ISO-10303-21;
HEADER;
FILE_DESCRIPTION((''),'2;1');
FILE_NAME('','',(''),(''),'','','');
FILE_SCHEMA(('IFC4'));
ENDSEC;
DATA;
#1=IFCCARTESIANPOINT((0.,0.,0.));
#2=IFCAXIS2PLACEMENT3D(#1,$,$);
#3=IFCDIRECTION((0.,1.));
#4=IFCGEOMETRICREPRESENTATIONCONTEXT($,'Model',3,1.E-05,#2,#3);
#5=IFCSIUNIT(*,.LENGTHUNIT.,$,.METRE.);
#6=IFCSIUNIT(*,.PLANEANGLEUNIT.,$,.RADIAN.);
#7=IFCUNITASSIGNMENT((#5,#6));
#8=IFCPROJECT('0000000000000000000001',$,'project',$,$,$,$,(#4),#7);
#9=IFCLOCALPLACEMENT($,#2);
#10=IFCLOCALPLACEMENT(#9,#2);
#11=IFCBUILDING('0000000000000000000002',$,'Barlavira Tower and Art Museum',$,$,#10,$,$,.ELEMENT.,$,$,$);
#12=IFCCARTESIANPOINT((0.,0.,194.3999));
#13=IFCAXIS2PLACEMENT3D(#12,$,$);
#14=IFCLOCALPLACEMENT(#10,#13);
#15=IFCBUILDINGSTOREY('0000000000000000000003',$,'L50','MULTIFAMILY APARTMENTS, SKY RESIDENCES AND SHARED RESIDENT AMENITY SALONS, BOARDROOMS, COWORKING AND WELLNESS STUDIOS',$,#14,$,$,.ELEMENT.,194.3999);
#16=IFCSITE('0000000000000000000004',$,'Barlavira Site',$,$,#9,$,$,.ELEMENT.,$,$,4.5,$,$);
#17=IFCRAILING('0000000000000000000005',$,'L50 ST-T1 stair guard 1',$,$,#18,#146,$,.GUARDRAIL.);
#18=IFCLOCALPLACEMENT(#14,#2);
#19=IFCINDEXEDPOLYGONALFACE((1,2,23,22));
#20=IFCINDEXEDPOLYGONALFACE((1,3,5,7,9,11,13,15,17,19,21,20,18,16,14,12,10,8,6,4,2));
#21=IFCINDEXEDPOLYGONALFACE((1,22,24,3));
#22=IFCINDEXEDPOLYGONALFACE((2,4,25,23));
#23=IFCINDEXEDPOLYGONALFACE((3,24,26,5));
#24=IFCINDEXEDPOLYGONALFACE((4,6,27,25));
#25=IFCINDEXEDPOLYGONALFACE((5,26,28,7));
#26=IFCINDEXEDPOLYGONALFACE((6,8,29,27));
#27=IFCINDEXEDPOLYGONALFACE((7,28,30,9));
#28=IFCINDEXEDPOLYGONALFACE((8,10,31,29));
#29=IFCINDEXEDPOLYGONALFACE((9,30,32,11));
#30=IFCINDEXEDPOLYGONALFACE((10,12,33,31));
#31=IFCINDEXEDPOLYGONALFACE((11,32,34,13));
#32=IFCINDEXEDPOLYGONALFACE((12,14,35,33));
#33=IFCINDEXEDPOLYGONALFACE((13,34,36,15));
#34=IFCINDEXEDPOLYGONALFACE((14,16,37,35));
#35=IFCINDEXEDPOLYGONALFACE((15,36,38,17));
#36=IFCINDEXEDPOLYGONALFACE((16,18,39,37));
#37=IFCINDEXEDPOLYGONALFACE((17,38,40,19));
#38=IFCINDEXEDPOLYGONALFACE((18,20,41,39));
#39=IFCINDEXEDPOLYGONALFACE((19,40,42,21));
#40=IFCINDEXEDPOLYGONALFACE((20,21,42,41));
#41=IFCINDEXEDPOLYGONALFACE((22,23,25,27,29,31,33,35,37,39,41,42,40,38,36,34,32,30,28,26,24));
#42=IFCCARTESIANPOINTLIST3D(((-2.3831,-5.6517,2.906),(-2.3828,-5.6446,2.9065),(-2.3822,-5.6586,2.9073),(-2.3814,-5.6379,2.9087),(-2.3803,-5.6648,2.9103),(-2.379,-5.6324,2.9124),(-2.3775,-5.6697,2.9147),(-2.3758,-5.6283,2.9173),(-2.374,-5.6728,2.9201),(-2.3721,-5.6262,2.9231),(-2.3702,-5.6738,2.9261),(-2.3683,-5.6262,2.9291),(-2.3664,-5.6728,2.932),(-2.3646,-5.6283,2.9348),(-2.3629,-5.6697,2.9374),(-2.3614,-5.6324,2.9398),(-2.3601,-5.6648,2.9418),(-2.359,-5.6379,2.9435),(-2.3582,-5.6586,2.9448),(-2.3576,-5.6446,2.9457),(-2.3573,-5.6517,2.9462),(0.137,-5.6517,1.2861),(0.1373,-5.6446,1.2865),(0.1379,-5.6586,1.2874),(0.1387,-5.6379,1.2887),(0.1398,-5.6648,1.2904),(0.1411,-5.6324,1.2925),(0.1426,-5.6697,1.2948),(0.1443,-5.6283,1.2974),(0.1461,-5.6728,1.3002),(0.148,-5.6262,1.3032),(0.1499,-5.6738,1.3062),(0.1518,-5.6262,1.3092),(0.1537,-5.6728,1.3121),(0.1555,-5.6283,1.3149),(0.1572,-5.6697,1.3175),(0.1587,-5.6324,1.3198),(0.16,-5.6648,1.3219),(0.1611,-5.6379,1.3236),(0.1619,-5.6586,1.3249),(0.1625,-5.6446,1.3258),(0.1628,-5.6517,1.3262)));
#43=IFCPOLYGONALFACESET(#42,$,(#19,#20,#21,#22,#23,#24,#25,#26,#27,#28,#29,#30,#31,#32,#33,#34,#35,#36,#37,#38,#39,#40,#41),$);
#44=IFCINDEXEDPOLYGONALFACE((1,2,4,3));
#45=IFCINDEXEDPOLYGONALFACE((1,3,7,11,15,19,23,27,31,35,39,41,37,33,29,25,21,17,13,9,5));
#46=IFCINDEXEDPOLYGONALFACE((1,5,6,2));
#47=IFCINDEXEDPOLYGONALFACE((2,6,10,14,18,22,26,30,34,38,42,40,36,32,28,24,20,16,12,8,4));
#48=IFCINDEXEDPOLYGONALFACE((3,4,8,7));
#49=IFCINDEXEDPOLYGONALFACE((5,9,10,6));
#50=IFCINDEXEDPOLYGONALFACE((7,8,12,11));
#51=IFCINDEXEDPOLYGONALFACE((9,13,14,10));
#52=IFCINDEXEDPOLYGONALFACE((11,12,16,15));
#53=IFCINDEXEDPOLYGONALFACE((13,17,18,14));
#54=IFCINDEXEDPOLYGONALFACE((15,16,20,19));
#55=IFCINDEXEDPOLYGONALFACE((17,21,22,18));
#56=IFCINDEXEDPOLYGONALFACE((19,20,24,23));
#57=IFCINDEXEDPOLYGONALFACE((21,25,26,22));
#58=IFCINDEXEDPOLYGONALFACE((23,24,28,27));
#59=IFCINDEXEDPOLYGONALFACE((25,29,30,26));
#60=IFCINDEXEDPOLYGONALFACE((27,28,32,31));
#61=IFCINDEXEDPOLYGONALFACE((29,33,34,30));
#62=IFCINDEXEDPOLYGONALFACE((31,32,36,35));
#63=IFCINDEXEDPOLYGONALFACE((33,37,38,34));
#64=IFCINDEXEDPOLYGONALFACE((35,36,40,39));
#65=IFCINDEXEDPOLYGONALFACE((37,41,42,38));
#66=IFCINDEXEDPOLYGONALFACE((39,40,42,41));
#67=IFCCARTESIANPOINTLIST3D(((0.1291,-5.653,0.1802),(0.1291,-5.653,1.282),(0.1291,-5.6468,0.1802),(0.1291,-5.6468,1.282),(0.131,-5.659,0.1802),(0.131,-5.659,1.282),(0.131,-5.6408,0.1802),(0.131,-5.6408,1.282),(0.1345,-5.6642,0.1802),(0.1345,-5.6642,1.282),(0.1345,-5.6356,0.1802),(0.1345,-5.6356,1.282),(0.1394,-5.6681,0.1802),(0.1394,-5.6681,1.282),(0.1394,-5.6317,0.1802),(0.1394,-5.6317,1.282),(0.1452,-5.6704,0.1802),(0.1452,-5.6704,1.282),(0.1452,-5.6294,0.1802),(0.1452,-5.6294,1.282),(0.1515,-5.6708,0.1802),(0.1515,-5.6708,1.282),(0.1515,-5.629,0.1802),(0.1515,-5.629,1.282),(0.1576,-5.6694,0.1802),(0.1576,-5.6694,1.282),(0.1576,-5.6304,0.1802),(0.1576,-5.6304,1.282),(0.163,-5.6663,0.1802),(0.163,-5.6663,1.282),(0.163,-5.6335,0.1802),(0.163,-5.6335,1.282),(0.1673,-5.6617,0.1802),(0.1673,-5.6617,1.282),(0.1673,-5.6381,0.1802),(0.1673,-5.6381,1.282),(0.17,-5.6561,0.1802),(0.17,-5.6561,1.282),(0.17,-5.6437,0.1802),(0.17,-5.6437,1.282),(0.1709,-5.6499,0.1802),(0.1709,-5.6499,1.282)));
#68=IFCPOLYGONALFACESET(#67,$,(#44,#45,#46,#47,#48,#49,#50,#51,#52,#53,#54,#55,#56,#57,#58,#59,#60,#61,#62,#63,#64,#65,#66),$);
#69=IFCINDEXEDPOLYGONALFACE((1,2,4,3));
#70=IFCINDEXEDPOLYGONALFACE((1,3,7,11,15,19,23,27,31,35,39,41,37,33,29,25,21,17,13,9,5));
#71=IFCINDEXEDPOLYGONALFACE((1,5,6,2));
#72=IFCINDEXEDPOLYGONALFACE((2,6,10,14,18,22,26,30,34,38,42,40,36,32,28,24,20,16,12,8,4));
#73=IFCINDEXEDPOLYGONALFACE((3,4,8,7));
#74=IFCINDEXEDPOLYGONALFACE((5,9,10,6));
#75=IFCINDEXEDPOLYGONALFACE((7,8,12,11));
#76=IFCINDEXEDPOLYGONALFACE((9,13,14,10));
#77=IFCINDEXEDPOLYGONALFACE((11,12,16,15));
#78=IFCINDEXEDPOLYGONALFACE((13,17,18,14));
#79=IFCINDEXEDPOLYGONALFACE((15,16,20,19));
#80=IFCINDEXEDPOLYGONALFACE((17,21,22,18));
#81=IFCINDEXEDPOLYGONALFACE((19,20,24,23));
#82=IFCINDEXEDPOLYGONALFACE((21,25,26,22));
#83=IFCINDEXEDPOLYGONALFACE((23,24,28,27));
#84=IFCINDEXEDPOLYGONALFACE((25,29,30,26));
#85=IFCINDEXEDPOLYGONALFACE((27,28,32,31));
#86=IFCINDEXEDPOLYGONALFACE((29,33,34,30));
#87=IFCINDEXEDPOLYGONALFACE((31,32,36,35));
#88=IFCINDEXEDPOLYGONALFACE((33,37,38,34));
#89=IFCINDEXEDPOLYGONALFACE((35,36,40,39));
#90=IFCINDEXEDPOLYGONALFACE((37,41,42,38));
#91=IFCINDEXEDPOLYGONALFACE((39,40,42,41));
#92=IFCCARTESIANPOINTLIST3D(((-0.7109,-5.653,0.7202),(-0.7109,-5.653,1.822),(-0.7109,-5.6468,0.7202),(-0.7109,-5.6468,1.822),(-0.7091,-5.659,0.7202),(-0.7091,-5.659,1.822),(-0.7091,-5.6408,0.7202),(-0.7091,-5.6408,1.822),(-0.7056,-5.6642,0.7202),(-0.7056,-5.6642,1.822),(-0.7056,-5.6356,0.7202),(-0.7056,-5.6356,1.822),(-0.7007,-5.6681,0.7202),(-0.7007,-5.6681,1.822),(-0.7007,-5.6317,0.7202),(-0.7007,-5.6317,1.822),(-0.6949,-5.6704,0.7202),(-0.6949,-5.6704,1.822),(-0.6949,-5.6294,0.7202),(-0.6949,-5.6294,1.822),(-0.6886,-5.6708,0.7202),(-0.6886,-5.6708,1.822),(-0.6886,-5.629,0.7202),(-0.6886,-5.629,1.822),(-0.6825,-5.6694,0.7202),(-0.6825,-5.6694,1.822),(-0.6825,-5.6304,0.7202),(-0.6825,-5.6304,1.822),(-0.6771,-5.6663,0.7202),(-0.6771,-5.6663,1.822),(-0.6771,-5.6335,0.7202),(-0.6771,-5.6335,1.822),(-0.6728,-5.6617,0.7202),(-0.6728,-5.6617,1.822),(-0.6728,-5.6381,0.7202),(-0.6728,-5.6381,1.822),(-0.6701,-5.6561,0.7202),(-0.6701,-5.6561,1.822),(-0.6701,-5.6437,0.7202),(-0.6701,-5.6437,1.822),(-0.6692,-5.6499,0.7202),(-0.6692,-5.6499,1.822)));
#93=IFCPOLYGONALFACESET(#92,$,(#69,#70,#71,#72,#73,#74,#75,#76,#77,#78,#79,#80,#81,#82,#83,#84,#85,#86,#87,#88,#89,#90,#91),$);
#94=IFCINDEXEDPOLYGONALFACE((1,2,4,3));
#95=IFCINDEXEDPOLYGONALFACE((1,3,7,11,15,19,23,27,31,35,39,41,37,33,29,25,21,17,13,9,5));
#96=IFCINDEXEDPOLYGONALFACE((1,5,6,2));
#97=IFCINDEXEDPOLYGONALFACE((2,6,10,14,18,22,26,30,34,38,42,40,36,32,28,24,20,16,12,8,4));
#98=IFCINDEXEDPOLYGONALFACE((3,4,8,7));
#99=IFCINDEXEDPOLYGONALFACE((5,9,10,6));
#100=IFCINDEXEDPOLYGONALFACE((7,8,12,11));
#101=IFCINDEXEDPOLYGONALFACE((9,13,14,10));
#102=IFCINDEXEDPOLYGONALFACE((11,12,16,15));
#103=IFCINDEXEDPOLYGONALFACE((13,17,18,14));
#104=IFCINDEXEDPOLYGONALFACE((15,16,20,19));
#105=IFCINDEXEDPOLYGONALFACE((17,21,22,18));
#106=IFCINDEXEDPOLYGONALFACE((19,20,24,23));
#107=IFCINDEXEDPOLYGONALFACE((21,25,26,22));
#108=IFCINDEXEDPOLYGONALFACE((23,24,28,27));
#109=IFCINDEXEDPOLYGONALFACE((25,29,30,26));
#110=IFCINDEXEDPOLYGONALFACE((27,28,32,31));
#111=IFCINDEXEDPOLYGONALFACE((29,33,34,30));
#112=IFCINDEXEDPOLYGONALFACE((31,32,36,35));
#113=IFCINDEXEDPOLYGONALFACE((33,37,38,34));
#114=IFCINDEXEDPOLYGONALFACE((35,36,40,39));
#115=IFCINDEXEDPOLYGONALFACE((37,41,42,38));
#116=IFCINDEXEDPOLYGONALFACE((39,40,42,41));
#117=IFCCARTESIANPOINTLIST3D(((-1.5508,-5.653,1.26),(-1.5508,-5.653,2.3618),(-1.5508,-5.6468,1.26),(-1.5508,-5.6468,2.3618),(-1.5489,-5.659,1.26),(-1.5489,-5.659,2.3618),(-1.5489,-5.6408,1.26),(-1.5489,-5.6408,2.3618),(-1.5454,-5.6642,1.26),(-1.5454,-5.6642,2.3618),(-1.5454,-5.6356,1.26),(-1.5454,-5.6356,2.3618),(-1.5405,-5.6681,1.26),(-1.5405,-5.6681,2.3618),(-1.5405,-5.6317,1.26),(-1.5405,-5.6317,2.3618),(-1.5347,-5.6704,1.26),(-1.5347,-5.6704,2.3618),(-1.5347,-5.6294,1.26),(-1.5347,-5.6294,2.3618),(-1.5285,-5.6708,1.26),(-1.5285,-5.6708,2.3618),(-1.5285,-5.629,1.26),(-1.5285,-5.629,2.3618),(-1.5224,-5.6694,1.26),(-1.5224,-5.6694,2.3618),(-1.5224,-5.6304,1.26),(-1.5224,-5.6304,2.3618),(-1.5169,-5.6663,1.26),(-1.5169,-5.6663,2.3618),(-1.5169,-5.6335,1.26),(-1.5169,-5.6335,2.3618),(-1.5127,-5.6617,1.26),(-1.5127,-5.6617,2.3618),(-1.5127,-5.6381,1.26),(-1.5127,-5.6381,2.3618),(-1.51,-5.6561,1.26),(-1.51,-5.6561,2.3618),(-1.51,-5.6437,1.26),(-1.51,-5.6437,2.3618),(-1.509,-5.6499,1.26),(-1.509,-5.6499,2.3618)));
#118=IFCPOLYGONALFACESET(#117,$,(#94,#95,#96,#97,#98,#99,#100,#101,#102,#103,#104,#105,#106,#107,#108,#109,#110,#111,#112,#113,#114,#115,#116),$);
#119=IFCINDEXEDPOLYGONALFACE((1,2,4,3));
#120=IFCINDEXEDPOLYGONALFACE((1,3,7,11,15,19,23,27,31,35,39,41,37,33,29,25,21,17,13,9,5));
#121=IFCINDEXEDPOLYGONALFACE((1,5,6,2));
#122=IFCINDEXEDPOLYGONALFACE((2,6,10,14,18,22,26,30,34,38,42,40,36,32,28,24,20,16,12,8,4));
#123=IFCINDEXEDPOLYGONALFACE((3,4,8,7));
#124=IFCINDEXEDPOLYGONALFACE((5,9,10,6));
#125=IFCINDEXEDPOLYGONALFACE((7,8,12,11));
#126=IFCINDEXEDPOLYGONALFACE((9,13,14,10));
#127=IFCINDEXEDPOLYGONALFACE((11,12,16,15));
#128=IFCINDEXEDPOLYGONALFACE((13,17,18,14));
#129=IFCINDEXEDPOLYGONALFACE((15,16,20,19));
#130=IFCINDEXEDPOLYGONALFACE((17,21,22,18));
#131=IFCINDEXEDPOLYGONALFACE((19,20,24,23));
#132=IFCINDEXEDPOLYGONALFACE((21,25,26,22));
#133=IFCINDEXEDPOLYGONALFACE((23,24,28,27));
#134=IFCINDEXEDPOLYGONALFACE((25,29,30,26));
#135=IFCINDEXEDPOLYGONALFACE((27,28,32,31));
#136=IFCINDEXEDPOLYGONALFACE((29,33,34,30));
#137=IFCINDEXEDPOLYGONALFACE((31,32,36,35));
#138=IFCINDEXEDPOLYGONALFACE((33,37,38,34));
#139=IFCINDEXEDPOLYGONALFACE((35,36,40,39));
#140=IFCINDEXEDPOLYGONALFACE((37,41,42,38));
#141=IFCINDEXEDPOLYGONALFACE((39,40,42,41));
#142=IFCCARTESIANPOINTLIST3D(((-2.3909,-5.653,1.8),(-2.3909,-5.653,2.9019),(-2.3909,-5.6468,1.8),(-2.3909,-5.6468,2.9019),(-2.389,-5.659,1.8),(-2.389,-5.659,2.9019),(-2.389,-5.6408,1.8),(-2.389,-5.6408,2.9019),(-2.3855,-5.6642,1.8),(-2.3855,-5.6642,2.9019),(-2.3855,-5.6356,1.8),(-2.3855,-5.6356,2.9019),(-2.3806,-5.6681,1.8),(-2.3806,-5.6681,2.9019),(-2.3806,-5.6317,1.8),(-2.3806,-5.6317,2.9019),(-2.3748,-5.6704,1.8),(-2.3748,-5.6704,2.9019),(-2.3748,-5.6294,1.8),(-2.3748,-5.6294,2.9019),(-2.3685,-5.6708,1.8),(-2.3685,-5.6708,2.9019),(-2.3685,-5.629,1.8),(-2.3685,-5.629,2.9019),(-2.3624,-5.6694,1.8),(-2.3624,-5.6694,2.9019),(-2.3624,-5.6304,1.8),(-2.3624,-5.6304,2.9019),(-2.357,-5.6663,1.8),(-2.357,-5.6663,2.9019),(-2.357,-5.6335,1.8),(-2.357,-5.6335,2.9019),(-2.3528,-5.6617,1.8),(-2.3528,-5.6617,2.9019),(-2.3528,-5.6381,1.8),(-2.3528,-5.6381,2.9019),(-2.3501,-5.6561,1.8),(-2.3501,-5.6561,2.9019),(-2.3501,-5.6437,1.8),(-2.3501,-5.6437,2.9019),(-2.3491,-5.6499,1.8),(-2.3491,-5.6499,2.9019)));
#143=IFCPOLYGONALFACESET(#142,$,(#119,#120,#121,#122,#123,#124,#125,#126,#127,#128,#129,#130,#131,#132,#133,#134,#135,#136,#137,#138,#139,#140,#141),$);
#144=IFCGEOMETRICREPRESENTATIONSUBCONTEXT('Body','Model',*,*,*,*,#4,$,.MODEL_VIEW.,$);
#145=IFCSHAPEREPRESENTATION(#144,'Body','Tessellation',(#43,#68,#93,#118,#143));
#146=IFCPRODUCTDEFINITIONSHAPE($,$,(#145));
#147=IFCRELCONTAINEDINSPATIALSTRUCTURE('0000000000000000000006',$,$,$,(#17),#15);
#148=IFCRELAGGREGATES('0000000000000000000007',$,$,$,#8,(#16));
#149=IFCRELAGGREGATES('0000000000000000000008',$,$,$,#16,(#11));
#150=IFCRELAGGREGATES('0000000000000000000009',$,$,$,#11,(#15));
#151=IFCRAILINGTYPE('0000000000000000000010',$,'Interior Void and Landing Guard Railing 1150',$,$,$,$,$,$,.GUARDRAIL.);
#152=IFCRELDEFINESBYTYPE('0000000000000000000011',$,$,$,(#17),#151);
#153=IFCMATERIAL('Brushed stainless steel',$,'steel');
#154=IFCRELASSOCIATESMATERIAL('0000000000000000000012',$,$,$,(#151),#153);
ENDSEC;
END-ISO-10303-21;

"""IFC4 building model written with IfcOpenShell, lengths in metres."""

from ifc_helpers import new_model, si_unit, direction, frame, origin, origin_2d, place, context, subcontext, project, spatial, circle, extrude, material, type_object, element, save


model = new_model("IFC4")

# Units and contexts
model_context = context("Model", 3, precision=1e-05, world=origin(), true_north=direction((0.0, 1.0)))
body_context = subcontext(model_context, "Body", "Model", "MODEL_VIEW")
ifc_project = project(units=[si_unit("LENGTHUNIT", "METRE"), si_unit("PLANEANGLEUNIT", "RADIAN")], contexts=[model_context])

# Site, building, storey
site_placement = place(None, origin())
site = spatial("IfcSite", under=ifc_project, at=site_placement, Name="Barlavira Site", CompositionType="ELEMENT", RefElevation=4.5)
building_placement = place(site_placement, origin())
building = spatial("IfcBuilding", under=site, at=building_placement, Name="Barlavira Tower and Art Museum", CompositionType="ELEMENT")
storey_placement = place(building_placement, frame((0.0, 0.0, 194.3999)))
storey = spatial("IfcBuildingStorey", under=building, at=storey_placement, Name="L50", Description="MULTIFAMILY APARTMENTS, SKY RESIDENCES AND SHARED RESIDENT AMENITY SALONS, BOARDROOMS, COWORKING AND WELLNESS STUDIOS", CompositionType="ELEMENT", Elevation=194.3999)

# Shared definitions
ifc_material_1 = material(Name="Brushed stainless steel", Category="steel")

# Railing
railing_type_1 = type_object("IfcRailingType", Name="Interior Void and Landing Guard Railing 1150", PredefinedType="GUARDRAIL", material=ifc_material_1)
railing_1_placement = place(storey_placement, frame((0.1499, -5.6499, 0.1802)))
element("IfcRailing", 1, at=railing_1_placement, inside=storey, type_object=railing_type_1, Name="L50 ST-T1 stair guard 1", PredefinedType="GUARDRAIL", context=body_context, shape_type="SweptSolid", body=[
    extrude(circle(Radius=0.0239, at=origin_2d()), frame((0.0, 0.0, 1.126), z_axis=(-0.8412, 0.0, 0.540725), x_axis=(0.0, -1.0, 0.0)), (0.0, 0.0, 1.0), 2.9958),
    extrude(circle(Radius=0.021, at=origin_2d()), origin(), (0.0, 0.0, 1.0), 1.1018),
    extrude(circle(Radius=0.021, at=origin_2d()), frame((-0.8401, 0.0, 0.54)), (0.0, 0.0, 1.0), 1.1018),
    extrude(circle(Radius=0.021, at=origin_2d()), frame((-1.6799, 0.0, 1.0798)), (0.0, 0.0, 1.0), 1.1018),
    extrude(circle(Radius=0.021, at=origin_2d()), frame((-2.52, 0.0, 1.6199)), (0.0, 0.0, 1.0), 1.1018),
])

save(model, "model.ifc")
